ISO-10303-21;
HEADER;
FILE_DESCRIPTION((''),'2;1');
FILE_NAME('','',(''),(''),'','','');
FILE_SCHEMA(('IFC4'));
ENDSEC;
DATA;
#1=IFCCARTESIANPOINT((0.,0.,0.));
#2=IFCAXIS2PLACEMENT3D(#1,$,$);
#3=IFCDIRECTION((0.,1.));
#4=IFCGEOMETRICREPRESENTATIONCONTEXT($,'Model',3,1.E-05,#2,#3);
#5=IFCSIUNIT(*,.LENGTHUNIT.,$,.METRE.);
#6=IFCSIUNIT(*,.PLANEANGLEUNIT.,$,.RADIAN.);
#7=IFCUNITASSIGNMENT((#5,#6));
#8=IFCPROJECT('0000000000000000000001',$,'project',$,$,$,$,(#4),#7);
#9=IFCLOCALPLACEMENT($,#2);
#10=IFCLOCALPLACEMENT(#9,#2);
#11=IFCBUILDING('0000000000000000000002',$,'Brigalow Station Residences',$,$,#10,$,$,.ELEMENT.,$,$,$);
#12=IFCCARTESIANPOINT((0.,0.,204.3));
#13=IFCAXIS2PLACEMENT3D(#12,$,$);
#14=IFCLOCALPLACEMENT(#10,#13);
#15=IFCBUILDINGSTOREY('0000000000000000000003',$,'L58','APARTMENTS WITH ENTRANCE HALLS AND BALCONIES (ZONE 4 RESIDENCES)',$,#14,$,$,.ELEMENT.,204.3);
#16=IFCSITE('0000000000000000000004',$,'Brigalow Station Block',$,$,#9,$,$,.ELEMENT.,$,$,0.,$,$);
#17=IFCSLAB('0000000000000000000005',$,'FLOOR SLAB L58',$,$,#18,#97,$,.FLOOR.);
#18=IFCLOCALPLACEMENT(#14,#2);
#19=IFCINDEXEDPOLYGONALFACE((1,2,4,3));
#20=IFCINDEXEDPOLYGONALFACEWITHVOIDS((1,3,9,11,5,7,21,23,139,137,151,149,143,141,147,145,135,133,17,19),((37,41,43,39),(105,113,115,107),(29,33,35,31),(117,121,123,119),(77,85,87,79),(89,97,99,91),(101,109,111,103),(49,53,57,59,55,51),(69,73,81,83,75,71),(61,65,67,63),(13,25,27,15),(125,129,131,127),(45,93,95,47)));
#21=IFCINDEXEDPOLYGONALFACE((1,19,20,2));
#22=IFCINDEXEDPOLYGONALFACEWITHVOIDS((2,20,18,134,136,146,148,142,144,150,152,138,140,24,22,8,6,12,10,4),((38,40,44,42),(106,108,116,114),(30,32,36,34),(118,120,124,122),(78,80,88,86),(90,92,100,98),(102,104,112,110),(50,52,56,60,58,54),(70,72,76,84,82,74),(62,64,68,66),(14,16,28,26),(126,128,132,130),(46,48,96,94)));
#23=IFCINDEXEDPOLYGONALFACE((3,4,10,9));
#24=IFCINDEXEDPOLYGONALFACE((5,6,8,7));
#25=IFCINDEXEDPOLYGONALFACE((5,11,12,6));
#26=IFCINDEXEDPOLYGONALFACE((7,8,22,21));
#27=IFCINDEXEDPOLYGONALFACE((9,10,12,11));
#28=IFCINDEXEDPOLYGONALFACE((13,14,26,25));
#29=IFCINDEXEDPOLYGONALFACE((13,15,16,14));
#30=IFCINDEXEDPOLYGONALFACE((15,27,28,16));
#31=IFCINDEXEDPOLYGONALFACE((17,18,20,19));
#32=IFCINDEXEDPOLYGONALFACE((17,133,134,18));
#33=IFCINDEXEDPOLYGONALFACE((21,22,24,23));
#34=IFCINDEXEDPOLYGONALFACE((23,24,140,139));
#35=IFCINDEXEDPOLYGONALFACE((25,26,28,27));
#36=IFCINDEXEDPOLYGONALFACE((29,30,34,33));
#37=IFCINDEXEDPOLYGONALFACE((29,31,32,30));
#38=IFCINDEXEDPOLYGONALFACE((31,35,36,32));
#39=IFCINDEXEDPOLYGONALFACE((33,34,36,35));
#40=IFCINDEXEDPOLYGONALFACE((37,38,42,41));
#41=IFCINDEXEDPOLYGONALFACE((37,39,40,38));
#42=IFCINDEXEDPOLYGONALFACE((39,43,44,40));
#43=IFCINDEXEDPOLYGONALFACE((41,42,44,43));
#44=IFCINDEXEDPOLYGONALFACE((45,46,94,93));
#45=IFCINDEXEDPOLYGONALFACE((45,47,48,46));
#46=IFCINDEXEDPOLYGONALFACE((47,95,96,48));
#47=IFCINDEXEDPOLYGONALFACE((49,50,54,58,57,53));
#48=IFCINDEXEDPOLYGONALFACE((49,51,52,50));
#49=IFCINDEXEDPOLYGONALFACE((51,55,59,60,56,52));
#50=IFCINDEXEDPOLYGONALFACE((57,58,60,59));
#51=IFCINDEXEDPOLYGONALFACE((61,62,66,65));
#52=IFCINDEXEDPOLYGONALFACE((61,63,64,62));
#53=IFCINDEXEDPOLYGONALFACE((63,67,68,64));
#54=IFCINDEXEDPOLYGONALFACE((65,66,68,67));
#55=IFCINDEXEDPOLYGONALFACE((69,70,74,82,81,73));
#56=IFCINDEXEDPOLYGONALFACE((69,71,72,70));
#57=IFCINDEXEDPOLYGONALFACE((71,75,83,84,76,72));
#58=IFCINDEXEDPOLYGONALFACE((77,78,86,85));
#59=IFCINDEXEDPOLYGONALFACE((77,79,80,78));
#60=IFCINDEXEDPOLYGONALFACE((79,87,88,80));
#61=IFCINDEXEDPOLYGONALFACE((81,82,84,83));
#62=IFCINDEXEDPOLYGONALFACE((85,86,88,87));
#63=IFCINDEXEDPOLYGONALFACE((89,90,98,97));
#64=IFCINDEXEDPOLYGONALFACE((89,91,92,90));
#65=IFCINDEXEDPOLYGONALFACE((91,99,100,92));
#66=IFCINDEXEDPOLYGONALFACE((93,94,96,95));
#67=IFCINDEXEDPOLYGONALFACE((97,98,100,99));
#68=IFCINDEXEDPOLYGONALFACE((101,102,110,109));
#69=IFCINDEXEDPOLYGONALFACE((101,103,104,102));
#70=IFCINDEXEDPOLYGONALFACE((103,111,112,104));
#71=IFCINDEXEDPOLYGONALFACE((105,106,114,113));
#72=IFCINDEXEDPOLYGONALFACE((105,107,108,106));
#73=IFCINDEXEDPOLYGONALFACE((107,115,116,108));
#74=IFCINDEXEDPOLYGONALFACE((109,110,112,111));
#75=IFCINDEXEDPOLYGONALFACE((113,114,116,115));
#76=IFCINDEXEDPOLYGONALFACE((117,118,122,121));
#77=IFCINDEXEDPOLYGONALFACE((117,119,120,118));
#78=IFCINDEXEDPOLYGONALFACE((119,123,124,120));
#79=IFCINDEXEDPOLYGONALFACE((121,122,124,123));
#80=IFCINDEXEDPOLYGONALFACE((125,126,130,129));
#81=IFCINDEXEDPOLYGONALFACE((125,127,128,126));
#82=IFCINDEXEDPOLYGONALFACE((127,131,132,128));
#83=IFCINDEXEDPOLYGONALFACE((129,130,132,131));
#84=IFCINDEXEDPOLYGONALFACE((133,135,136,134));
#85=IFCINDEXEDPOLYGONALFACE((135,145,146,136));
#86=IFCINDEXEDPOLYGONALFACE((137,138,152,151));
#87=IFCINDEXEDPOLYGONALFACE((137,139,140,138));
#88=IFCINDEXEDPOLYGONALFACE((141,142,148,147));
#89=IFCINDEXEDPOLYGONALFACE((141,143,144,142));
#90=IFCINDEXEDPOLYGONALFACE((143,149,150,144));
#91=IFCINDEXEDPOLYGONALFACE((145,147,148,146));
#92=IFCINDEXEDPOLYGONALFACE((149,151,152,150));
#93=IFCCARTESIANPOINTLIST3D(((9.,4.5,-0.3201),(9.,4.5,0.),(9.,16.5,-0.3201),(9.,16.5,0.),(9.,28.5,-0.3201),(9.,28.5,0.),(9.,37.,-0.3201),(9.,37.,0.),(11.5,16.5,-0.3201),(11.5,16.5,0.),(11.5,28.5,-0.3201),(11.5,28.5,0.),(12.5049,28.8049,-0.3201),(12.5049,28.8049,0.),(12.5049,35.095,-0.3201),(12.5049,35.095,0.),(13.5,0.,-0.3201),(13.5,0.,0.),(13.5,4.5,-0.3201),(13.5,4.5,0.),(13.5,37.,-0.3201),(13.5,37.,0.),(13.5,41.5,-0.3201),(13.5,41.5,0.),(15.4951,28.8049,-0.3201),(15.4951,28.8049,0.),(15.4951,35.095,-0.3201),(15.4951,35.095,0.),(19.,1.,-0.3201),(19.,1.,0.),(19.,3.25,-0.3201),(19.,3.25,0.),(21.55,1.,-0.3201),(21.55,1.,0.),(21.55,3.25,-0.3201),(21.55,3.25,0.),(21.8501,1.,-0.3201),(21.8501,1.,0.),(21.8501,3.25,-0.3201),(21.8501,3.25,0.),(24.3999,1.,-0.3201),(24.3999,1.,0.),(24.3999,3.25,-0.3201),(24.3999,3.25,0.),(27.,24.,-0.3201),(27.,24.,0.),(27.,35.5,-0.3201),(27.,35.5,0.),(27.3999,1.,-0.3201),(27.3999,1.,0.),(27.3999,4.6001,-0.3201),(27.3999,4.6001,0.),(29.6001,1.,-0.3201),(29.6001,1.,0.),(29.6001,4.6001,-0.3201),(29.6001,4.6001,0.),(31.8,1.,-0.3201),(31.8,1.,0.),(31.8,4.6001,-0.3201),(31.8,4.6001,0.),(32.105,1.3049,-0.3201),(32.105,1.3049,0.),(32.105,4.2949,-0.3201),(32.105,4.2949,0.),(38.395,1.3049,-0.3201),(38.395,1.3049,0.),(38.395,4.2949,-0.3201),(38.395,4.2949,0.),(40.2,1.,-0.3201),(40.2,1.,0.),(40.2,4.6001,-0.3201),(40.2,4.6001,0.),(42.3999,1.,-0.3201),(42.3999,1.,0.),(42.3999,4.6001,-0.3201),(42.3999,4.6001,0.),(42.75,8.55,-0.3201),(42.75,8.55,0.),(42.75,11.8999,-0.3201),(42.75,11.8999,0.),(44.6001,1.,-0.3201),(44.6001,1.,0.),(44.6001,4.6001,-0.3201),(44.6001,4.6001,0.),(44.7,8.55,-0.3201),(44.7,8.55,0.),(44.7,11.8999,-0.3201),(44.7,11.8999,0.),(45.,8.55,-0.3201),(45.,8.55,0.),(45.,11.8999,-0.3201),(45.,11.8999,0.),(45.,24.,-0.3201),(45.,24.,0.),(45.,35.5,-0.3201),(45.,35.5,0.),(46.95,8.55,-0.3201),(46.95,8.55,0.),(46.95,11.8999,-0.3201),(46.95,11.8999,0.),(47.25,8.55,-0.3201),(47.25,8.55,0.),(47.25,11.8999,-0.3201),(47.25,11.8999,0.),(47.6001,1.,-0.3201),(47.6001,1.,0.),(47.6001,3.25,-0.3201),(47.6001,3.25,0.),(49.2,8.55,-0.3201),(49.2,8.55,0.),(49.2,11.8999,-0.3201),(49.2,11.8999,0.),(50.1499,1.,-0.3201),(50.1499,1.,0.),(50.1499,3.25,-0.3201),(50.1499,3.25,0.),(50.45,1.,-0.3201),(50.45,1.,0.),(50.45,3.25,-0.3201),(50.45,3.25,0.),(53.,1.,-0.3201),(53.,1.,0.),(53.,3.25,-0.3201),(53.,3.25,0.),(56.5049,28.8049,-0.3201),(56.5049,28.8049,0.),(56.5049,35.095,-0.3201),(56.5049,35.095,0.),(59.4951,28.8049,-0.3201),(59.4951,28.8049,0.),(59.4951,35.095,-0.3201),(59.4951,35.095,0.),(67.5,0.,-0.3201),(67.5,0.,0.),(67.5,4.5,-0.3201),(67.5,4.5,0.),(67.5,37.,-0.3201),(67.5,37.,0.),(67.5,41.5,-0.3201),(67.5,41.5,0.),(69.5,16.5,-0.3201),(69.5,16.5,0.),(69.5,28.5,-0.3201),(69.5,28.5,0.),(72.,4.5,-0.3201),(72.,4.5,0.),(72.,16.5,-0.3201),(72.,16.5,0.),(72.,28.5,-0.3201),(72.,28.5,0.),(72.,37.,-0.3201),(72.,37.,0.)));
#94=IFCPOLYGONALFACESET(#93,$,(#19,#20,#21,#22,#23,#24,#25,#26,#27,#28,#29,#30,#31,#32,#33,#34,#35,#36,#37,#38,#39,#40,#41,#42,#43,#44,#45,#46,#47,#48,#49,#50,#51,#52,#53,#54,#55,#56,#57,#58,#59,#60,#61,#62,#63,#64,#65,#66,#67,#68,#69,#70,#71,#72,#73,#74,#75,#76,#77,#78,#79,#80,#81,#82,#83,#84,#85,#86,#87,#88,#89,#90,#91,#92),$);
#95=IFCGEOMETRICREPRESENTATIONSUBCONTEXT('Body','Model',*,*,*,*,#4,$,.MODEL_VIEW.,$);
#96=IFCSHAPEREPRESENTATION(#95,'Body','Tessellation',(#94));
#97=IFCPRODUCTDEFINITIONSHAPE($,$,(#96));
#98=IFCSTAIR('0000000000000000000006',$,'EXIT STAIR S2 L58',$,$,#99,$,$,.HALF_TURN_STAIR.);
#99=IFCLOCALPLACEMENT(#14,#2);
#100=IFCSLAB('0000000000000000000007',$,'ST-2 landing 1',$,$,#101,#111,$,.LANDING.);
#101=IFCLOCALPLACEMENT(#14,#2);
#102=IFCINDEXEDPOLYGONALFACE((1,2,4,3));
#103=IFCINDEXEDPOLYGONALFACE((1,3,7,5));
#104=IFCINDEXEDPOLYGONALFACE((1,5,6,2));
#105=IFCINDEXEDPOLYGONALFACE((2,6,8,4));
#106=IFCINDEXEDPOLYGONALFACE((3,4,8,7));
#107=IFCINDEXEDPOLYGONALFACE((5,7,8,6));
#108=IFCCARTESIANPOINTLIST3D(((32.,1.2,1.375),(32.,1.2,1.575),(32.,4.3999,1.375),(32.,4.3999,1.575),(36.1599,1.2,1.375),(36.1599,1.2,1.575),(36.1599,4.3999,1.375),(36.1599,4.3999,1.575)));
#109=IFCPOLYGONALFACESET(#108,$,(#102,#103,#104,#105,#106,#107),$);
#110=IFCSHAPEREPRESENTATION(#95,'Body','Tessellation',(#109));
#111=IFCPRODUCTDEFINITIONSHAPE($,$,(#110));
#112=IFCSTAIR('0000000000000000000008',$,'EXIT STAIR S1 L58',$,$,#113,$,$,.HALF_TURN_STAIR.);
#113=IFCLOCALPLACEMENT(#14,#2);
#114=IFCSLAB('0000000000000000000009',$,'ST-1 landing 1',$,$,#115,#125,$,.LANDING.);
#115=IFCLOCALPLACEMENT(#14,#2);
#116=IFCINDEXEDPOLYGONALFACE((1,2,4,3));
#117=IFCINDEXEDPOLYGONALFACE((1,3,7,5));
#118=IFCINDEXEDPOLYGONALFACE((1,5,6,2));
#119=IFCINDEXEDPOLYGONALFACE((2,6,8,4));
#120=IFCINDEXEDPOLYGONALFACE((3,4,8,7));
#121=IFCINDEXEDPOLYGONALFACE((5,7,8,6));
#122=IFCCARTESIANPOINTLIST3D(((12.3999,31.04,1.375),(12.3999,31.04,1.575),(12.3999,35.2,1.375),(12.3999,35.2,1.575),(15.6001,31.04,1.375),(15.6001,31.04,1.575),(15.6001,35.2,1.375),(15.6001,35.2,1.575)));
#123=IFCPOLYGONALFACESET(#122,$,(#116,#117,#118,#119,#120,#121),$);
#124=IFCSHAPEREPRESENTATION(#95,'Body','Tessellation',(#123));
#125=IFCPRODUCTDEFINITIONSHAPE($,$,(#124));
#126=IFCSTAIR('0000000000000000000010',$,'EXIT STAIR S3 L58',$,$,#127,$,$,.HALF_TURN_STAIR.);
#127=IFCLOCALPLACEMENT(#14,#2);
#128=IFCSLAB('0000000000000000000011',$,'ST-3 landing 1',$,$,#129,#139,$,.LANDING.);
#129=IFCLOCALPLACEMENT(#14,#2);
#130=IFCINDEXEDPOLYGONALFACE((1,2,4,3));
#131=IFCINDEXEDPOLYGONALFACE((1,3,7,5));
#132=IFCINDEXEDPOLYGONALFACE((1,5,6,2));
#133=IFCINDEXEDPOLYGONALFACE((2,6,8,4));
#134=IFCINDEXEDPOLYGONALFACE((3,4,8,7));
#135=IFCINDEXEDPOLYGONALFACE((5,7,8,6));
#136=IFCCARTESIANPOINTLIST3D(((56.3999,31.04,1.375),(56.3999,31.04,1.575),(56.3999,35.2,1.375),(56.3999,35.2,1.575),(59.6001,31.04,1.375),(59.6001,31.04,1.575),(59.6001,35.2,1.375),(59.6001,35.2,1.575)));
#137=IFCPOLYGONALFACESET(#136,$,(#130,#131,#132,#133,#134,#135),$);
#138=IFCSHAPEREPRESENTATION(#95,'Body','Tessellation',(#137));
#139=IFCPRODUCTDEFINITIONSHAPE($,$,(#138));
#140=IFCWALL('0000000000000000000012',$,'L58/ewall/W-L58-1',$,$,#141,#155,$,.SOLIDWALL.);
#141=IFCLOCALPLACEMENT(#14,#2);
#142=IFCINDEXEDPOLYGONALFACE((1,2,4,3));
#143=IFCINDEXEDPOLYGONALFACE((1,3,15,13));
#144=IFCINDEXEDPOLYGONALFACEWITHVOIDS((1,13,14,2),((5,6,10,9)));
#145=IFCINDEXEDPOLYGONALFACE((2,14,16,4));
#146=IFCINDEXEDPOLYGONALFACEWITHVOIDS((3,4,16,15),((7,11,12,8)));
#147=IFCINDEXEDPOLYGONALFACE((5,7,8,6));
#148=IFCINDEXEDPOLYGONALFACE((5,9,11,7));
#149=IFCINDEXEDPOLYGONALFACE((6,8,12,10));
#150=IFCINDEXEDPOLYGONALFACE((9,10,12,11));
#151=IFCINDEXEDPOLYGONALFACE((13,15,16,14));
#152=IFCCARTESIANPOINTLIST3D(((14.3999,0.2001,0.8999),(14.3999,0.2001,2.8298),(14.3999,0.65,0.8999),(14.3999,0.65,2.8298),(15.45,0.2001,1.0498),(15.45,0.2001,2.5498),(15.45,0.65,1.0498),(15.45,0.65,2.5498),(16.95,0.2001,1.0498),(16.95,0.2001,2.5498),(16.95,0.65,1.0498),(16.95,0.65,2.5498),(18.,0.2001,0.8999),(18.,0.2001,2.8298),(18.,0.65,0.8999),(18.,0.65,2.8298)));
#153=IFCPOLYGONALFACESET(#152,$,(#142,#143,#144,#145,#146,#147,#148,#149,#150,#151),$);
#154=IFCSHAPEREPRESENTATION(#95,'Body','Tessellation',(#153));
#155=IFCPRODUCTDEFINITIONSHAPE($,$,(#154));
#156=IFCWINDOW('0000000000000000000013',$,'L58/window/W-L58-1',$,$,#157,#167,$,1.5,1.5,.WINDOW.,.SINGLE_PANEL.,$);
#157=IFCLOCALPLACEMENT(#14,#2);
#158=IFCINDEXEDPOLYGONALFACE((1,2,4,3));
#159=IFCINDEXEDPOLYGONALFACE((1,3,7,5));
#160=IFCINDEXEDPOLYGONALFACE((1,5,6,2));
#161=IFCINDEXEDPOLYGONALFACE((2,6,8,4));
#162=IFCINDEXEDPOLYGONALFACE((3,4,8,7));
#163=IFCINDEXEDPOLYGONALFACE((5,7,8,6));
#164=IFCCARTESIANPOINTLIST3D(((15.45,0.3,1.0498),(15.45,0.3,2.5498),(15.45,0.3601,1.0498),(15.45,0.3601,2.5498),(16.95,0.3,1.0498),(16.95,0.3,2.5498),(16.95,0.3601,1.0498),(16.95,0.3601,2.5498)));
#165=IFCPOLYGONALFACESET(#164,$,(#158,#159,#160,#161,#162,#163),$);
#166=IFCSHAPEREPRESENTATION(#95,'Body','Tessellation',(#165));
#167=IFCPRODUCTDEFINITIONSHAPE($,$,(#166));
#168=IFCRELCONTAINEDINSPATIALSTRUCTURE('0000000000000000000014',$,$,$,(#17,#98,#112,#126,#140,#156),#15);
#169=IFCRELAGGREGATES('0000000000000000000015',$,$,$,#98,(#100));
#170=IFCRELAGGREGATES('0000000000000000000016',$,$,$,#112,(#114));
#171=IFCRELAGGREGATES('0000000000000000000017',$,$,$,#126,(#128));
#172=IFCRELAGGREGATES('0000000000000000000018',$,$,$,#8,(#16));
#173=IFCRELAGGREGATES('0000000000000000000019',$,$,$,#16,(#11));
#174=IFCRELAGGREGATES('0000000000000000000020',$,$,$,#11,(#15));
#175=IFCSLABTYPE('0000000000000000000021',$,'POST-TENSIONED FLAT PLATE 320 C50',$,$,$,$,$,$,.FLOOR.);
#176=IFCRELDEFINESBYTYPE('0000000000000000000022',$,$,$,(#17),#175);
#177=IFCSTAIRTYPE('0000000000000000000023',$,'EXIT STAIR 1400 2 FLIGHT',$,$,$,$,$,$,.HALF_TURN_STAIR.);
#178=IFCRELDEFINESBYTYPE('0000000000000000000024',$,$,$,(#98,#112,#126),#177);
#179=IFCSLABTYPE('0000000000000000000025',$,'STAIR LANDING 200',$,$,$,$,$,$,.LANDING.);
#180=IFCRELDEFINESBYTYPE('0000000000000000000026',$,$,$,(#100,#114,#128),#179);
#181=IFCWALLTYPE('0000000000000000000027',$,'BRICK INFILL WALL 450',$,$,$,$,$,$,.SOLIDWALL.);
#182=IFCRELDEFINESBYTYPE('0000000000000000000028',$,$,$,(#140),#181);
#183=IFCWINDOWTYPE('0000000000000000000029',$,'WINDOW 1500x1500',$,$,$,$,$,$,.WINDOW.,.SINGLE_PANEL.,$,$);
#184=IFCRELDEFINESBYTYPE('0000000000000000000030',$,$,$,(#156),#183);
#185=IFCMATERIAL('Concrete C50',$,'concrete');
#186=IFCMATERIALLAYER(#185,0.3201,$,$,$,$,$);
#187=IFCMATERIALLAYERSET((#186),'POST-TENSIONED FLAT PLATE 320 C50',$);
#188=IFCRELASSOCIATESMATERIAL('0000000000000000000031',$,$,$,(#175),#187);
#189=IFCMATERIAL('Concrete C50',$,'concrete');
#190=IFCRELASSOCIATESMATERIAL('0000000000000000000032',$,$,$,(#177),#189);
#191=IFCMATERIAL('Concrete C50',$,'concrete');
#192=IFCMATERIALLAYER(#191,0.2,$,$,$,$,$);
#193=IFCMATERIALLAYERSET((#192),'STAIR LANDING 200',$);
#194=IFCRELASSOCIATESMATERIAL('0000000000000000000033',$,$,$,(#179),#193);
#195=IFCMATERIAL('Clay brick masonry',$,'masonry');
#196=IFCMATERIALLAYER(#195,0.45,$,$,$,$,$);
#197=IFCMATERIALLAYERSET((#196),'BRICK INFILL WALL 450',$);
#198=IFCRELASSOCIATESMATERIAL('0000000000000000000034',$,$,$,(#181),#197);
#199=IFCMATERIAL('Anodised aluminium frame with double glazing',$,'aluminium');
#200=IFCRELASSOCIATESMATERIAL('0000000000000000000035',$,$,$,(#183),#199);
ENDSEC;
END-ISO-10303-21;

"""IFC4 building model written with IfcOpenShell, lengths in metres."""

from ifc_helpers import new_model, si_unit, direction, frame, frame_2d, origin, place, context, subcontext, project, spatial, polyline, rectangle, outline, extrude, material, layer, layer_set, type_object, element, fill, aggregate, save


model = new_model("IFC4")

# Units and contexts
model_context = context("Model", 3, precision=1e-05, world=origin(), true_north=direction((0.0, 1.0)))
body_context = subcontext(model_context, "Body", "Model", "MODEL_VIEW")
ifc_project = project(units=[si_unit("LENGTHUNIT", "METRE"), si_unit("PLANEANGLEUNIT", "RADIAN")], contexts=[model_context])

# Site, building, storey
site_placement = place(None, origin())
site = spatial("IfcSite", under=ifc_project, at=site_placement, Name="Brigalow Station Block", CompositionType="ELEMENT", RefElevation=0.0)
building_placement = place(site_placement, origin())
building = spatial("IfcBuilding", under=site, at=building_placement, Name="Brigalow Station Residences", CompositionType="ELEMENT")
storey_placement = place(building_placement, frame((0.0, 0.0, 204.3)))
storey = spatial("IfcBuildingStorey", under=building, at=storey_placement, Name="L58", Description="APARTMENTS WITH ENTRANCE HALLS AND BALCONIES (ZONE 4 RESIDENCES)", CompositionType="ELEMENT", Elevation=204.3)

# Slab
ifc_material_1 = material(Name="Concrete C50", Category="concrete")
ifc_layer_1 = layer(ifc_material_1, 0.3201)
ifc_layer_set_1 = layer_set([ifc_layer_1], Name="POST-TENSIONED FLAT PLATE 320 C50")
slab_type_1 = type_object("IfcSlabType", Name="POST-TENSIONED FLAT PLATE 320 C50", PredefinedType="FLOOR", material=ifc_layer_set_1)
slab_1_placement = place(storey_placement, frame((0.0, 0.0, -0.3201)))
element("IfcSlab", 1, at=slab_1_placement, inside=storey, type_object=slab_type_1, Name="FLOOR SLAB L58", PredefinedType="FLOOR", context=body_context, shape_type="SweptSolid", body=[
    extrude(outline(polyline([(13.5, 0.0), (67.5, 0.0), (67.5, 4.5), (72.0, 4.5), (72.0, 16.5), (69.5, 16.5), (69.5, 28.5), (72.0, 28.5), (72.0, 37.0), (67.5, 37.0), (67.5, 41.5), (13.5, 41.5), (13.5, 37.0), (9.0, 37.0), (9.0, 28.5), (11.5, 28.5), (11.5, 16.5), (9.0, 16.5), (9.0, 4.5), (13.5, 4.5), (13.5, 0.0)]), holes=[polyline([(12.5049, 35.095), (15.4951, 35.095), (15.4951, 28.8049), (12.5049, 28.8049), (12.5049, 35.095)]), polyline([(19.0, 1.0), (19.0, 3.25), (21.55, 3.25), (21.55, 1.0), (19.0, 1.0)]), polyline([(21.8501, 3.25), (24.3999, 3.25), (24.3999, 1.0), (21.8501, 1.0), (21.8501, 3.25)]), polyline([(27.0, 35.5), (45.0, 35.5), (45.0, 24.0), (27.0, 24.0), (27.0, 35.5)]), polyline([(29.6001, 4.6001), (31.8, 4.6001), (31.8, 1.0), (29.6001, 1.0), (27.3999, 1.0), (27.3999, 4.6001), (29.6001, 4.6001)]), polyline([(32.105, 4.2949), (38.395, 4.2949), (38.395, 1.3049), (32.105, 1.3049), (32.105, 4.2949)]), polyline([(40.2, 4.6001), (42.3999, 4.6001), (44.6001, 4.6001), (44.6001, 1.0), (42.3999, 1.0), (40.2, 1.0), (40.2, 4.6001)]), polyline([(42.75, 11.8999), (44.7, 11.8999), (44.7, 8.55), (42.75, 8.55), (42.75, 11.8999)]), polyline([(45.0, 11.8999), (46.95, 11.8999), (46.95, 8.55), (45.0, 8.55), (45.0, 11.8999)]), polyline([(47.25, 11.8999), (49.2, 11.8999), (49.2, 8.55), (47.25, 8.55), (47.25, 11.8999)]), polyline([(47.6001, 3.25), (50.1499, 3.25), (50.1499, 1.0), (47.6001, 1.0), (47.6001, 3.25)]), polyline([(50.45, 3.25), (53.0, 3.25), (53.0, 1.0), (50.45, 1.0), (50.45, 3.25)]), polyline([(56.5049, 35.095), (59.4951, 35.095), (59.4951, 28.8049), (56.5049, 28.8049), (56.5049, 35.095)])]), origin(), (0.0, 0.0, 1.0), 0.3201),
])

# Stairs, slabs
ifc_material_2 = material(Name="Concrete C50", Category="concrete")
stair_type = type_object("IfcStairType", Name="EXIT STAIR 1400 2 FLIGHT", PredefinedType="HALF_TURN_STAIR", material=ifc_material_2)
stair_1_placement = place(storey_placement, origin())
stair_1 = element("IfcStair", 2, at=stair_1_placement, inside=storey, type_object=stair_type, Name="EXIT STAIR S2 L58", PredefinedType="HALF_TURN_STAIR")
ifc_material_3 = material(Name="Concrete C50", Category="concrete")
ifc_layer_2 = layer(ifc_material_3, 0.2)
ifc_layer_set_2 = layer_set([ifc_layer_2], Name="STAIR LANDING 200")
slab_type_2 = type_object("IfcSlabType", Name="STAIR LANDING 200", PredefinedType="LANDING", material=ifc_layer_set_2)
slab_2_placement = place(storey_placement, frame((0.0, 0.0, 1.375)))
slab_2 = element("IfcSlab", 3, at=slab_2_placement, type_object=slab_type_2, Name="ST-2 landing 1", PredefinedType="LANDING", context=body_context, shape_type="SweptSolid", body=[
    extrude(outline(polyline([(32.0, 1.2), (36.1599, 1.2), (36.1599, 4.3999), (32.0, 4.3999), (32.0, 1.2)])), origin(), (0.0, 0.0, 1.0), 0.2),
])
aggregate(stair_1, [slab_2])
stair_2_placement = place(storey_placement, origin())
stair_2 = element("IfcStair", 4, at=stair_2_placement, inside=storey, type_object=stair_type, Name="EXIT STAIR S1 L58", PredefinedType="HALF_TURN_STAIR")
slab_3_placement = place(storey_placement, frame((0.0, 0.0, 1.375)))
slab_3 = element("IfcSlab", 5, at=slab_3_placement, type_object=slab_type_2, Name="ST-1 landing 1", PredefinedType="LANDING", context=body_context, shape_type="SweptSolid", body=[
    extrude(outline(polyline([(12.3999, 31.04), (15.6001, 31.04), (15.6001, 35.2), (12.3999, 35.2), (12.3999, 31.04)])), origin(), (0.0, 0.0, 1.0), 0.2),
])
aggregate(stair_2, [slab_3])
stair_3_placement = place(storey_placement, origin())
stair_3 = element("IfcStair", 6, at=stair_3_placement, inside=storey, type_object=stair_type, Name="EXIT STAIR S3 L58", PredefinedType="HALF_TURN_STAIR")
slab_4_placement = place(storey_placement, frame((0.0, 0.0, 1.375)))
slab_4 = element("IfcSlab", 7, at=slab_4_placement, type_object=slab_type_2, Name="ST-3 landing 1", PredefinedType="LANDING", context=body_context, shape_type="SweptSolid", body=[
    extrude(outline(polyline([(56.3999, 31.04), (59.6001, 31.04), (59.6001, 35.2), (56.3999, 35.2), (56.3999, 31.04)])), origin(), (0.0, 0.0, 1.0), 0.2),
])
aggregate(stair_3, [slab_4])

# Wall, opening, window
ifc_material_4 = material(Name="Clay brick masonry", Category="masonry")
ifc_layer_3 = layer(ifc_material_4, 0.45)
ifc_layer_set_3 = layer_set([ifc_layer_3], Name="BRICK INFILL WALL 450")
wall_type_1 = type_object("IfcWallType", Name="BRICK INFILL WALL 450", PredefinedType="SOLIDWALL", material=ifc_layer_set_3)
wall_1_placement = place(storey_placement, frame((14.3999, 0.425, 0.8999), z_axis=(0.0, 0.0, 1.0), x_axis=(1.0, 0.0, 0.0)))
wall_1 = element("IfcWall", 8, at=wall_1_placement, inside=storey, type_object=wall_type_1, Name="L58/ewall/W-L58-1", PredefinedType="SOLIDWALL", context=body_context, shape_type="SweptSolid", body=[
    extrude(rectangle(XDim=3.6001, YDim=0.45, at=frame_2d((1.8, 0.0))), origin(), (0.0, 0.0, 1.0), 1.9299),
])
opening_1_placement = place(wall_1_placement, frame((1.05, 0.0, 0.1499)))
opening_1 = element("IfcOpeningElement", 9, at=opening_1_placement, cuts=wall_1, PredefinedType="OPENING", context=body_context, shape_type="SweptSolid", body=[
    extrude(rectangle(XDim=1.5, YDim=1.5, at=frame_2d((0.75, 0.75))), frame((0.0, 0.2349, 0.0), z_axis=(0.0, -1.0, 0.0), x_axis=(1.0, 0.0, 0.0)), (0.0, 0.0, 1.0), 0.47),
])
ifc_material_5 = material(Name="Anodised aluminium frame with double glazing", Category="aluminium")
window_type_1 = type_object("IfcWindowType", Name="WINDOW 1500x1500", PartitioningType="SINGLE_PANEL", PredefinedType="WINDOW", material=ifc_material_5)
window_1_placement = place(opening_1_placement, origin())
window_1 = element("IfcWindow", 10, at=window_1_placement, inside=storey, type_object=window_type_1, Name="L58/window/W-L58-1", OverallHeight=1.5, OverallWidth=1.5, PartitioningType="SINGLE_PANEL", PredefinedType="WINDOW", context=body_context, shape_type="SweptSolid", body=[
    extrude(rectangle(XDim=1.5, YDim=1.5, at=frame_2d((0.75, 0.75))), frame((0.0, -0.0649, 0.0), z_axis=(0.0, -1.0, 0.0), x_axis=(1.0, 0.0, 0.0)), (0.0, 0.0, 1.0), 0.0601),
])
fill(opening_1, window_1)

save(model, "model.ifc")
